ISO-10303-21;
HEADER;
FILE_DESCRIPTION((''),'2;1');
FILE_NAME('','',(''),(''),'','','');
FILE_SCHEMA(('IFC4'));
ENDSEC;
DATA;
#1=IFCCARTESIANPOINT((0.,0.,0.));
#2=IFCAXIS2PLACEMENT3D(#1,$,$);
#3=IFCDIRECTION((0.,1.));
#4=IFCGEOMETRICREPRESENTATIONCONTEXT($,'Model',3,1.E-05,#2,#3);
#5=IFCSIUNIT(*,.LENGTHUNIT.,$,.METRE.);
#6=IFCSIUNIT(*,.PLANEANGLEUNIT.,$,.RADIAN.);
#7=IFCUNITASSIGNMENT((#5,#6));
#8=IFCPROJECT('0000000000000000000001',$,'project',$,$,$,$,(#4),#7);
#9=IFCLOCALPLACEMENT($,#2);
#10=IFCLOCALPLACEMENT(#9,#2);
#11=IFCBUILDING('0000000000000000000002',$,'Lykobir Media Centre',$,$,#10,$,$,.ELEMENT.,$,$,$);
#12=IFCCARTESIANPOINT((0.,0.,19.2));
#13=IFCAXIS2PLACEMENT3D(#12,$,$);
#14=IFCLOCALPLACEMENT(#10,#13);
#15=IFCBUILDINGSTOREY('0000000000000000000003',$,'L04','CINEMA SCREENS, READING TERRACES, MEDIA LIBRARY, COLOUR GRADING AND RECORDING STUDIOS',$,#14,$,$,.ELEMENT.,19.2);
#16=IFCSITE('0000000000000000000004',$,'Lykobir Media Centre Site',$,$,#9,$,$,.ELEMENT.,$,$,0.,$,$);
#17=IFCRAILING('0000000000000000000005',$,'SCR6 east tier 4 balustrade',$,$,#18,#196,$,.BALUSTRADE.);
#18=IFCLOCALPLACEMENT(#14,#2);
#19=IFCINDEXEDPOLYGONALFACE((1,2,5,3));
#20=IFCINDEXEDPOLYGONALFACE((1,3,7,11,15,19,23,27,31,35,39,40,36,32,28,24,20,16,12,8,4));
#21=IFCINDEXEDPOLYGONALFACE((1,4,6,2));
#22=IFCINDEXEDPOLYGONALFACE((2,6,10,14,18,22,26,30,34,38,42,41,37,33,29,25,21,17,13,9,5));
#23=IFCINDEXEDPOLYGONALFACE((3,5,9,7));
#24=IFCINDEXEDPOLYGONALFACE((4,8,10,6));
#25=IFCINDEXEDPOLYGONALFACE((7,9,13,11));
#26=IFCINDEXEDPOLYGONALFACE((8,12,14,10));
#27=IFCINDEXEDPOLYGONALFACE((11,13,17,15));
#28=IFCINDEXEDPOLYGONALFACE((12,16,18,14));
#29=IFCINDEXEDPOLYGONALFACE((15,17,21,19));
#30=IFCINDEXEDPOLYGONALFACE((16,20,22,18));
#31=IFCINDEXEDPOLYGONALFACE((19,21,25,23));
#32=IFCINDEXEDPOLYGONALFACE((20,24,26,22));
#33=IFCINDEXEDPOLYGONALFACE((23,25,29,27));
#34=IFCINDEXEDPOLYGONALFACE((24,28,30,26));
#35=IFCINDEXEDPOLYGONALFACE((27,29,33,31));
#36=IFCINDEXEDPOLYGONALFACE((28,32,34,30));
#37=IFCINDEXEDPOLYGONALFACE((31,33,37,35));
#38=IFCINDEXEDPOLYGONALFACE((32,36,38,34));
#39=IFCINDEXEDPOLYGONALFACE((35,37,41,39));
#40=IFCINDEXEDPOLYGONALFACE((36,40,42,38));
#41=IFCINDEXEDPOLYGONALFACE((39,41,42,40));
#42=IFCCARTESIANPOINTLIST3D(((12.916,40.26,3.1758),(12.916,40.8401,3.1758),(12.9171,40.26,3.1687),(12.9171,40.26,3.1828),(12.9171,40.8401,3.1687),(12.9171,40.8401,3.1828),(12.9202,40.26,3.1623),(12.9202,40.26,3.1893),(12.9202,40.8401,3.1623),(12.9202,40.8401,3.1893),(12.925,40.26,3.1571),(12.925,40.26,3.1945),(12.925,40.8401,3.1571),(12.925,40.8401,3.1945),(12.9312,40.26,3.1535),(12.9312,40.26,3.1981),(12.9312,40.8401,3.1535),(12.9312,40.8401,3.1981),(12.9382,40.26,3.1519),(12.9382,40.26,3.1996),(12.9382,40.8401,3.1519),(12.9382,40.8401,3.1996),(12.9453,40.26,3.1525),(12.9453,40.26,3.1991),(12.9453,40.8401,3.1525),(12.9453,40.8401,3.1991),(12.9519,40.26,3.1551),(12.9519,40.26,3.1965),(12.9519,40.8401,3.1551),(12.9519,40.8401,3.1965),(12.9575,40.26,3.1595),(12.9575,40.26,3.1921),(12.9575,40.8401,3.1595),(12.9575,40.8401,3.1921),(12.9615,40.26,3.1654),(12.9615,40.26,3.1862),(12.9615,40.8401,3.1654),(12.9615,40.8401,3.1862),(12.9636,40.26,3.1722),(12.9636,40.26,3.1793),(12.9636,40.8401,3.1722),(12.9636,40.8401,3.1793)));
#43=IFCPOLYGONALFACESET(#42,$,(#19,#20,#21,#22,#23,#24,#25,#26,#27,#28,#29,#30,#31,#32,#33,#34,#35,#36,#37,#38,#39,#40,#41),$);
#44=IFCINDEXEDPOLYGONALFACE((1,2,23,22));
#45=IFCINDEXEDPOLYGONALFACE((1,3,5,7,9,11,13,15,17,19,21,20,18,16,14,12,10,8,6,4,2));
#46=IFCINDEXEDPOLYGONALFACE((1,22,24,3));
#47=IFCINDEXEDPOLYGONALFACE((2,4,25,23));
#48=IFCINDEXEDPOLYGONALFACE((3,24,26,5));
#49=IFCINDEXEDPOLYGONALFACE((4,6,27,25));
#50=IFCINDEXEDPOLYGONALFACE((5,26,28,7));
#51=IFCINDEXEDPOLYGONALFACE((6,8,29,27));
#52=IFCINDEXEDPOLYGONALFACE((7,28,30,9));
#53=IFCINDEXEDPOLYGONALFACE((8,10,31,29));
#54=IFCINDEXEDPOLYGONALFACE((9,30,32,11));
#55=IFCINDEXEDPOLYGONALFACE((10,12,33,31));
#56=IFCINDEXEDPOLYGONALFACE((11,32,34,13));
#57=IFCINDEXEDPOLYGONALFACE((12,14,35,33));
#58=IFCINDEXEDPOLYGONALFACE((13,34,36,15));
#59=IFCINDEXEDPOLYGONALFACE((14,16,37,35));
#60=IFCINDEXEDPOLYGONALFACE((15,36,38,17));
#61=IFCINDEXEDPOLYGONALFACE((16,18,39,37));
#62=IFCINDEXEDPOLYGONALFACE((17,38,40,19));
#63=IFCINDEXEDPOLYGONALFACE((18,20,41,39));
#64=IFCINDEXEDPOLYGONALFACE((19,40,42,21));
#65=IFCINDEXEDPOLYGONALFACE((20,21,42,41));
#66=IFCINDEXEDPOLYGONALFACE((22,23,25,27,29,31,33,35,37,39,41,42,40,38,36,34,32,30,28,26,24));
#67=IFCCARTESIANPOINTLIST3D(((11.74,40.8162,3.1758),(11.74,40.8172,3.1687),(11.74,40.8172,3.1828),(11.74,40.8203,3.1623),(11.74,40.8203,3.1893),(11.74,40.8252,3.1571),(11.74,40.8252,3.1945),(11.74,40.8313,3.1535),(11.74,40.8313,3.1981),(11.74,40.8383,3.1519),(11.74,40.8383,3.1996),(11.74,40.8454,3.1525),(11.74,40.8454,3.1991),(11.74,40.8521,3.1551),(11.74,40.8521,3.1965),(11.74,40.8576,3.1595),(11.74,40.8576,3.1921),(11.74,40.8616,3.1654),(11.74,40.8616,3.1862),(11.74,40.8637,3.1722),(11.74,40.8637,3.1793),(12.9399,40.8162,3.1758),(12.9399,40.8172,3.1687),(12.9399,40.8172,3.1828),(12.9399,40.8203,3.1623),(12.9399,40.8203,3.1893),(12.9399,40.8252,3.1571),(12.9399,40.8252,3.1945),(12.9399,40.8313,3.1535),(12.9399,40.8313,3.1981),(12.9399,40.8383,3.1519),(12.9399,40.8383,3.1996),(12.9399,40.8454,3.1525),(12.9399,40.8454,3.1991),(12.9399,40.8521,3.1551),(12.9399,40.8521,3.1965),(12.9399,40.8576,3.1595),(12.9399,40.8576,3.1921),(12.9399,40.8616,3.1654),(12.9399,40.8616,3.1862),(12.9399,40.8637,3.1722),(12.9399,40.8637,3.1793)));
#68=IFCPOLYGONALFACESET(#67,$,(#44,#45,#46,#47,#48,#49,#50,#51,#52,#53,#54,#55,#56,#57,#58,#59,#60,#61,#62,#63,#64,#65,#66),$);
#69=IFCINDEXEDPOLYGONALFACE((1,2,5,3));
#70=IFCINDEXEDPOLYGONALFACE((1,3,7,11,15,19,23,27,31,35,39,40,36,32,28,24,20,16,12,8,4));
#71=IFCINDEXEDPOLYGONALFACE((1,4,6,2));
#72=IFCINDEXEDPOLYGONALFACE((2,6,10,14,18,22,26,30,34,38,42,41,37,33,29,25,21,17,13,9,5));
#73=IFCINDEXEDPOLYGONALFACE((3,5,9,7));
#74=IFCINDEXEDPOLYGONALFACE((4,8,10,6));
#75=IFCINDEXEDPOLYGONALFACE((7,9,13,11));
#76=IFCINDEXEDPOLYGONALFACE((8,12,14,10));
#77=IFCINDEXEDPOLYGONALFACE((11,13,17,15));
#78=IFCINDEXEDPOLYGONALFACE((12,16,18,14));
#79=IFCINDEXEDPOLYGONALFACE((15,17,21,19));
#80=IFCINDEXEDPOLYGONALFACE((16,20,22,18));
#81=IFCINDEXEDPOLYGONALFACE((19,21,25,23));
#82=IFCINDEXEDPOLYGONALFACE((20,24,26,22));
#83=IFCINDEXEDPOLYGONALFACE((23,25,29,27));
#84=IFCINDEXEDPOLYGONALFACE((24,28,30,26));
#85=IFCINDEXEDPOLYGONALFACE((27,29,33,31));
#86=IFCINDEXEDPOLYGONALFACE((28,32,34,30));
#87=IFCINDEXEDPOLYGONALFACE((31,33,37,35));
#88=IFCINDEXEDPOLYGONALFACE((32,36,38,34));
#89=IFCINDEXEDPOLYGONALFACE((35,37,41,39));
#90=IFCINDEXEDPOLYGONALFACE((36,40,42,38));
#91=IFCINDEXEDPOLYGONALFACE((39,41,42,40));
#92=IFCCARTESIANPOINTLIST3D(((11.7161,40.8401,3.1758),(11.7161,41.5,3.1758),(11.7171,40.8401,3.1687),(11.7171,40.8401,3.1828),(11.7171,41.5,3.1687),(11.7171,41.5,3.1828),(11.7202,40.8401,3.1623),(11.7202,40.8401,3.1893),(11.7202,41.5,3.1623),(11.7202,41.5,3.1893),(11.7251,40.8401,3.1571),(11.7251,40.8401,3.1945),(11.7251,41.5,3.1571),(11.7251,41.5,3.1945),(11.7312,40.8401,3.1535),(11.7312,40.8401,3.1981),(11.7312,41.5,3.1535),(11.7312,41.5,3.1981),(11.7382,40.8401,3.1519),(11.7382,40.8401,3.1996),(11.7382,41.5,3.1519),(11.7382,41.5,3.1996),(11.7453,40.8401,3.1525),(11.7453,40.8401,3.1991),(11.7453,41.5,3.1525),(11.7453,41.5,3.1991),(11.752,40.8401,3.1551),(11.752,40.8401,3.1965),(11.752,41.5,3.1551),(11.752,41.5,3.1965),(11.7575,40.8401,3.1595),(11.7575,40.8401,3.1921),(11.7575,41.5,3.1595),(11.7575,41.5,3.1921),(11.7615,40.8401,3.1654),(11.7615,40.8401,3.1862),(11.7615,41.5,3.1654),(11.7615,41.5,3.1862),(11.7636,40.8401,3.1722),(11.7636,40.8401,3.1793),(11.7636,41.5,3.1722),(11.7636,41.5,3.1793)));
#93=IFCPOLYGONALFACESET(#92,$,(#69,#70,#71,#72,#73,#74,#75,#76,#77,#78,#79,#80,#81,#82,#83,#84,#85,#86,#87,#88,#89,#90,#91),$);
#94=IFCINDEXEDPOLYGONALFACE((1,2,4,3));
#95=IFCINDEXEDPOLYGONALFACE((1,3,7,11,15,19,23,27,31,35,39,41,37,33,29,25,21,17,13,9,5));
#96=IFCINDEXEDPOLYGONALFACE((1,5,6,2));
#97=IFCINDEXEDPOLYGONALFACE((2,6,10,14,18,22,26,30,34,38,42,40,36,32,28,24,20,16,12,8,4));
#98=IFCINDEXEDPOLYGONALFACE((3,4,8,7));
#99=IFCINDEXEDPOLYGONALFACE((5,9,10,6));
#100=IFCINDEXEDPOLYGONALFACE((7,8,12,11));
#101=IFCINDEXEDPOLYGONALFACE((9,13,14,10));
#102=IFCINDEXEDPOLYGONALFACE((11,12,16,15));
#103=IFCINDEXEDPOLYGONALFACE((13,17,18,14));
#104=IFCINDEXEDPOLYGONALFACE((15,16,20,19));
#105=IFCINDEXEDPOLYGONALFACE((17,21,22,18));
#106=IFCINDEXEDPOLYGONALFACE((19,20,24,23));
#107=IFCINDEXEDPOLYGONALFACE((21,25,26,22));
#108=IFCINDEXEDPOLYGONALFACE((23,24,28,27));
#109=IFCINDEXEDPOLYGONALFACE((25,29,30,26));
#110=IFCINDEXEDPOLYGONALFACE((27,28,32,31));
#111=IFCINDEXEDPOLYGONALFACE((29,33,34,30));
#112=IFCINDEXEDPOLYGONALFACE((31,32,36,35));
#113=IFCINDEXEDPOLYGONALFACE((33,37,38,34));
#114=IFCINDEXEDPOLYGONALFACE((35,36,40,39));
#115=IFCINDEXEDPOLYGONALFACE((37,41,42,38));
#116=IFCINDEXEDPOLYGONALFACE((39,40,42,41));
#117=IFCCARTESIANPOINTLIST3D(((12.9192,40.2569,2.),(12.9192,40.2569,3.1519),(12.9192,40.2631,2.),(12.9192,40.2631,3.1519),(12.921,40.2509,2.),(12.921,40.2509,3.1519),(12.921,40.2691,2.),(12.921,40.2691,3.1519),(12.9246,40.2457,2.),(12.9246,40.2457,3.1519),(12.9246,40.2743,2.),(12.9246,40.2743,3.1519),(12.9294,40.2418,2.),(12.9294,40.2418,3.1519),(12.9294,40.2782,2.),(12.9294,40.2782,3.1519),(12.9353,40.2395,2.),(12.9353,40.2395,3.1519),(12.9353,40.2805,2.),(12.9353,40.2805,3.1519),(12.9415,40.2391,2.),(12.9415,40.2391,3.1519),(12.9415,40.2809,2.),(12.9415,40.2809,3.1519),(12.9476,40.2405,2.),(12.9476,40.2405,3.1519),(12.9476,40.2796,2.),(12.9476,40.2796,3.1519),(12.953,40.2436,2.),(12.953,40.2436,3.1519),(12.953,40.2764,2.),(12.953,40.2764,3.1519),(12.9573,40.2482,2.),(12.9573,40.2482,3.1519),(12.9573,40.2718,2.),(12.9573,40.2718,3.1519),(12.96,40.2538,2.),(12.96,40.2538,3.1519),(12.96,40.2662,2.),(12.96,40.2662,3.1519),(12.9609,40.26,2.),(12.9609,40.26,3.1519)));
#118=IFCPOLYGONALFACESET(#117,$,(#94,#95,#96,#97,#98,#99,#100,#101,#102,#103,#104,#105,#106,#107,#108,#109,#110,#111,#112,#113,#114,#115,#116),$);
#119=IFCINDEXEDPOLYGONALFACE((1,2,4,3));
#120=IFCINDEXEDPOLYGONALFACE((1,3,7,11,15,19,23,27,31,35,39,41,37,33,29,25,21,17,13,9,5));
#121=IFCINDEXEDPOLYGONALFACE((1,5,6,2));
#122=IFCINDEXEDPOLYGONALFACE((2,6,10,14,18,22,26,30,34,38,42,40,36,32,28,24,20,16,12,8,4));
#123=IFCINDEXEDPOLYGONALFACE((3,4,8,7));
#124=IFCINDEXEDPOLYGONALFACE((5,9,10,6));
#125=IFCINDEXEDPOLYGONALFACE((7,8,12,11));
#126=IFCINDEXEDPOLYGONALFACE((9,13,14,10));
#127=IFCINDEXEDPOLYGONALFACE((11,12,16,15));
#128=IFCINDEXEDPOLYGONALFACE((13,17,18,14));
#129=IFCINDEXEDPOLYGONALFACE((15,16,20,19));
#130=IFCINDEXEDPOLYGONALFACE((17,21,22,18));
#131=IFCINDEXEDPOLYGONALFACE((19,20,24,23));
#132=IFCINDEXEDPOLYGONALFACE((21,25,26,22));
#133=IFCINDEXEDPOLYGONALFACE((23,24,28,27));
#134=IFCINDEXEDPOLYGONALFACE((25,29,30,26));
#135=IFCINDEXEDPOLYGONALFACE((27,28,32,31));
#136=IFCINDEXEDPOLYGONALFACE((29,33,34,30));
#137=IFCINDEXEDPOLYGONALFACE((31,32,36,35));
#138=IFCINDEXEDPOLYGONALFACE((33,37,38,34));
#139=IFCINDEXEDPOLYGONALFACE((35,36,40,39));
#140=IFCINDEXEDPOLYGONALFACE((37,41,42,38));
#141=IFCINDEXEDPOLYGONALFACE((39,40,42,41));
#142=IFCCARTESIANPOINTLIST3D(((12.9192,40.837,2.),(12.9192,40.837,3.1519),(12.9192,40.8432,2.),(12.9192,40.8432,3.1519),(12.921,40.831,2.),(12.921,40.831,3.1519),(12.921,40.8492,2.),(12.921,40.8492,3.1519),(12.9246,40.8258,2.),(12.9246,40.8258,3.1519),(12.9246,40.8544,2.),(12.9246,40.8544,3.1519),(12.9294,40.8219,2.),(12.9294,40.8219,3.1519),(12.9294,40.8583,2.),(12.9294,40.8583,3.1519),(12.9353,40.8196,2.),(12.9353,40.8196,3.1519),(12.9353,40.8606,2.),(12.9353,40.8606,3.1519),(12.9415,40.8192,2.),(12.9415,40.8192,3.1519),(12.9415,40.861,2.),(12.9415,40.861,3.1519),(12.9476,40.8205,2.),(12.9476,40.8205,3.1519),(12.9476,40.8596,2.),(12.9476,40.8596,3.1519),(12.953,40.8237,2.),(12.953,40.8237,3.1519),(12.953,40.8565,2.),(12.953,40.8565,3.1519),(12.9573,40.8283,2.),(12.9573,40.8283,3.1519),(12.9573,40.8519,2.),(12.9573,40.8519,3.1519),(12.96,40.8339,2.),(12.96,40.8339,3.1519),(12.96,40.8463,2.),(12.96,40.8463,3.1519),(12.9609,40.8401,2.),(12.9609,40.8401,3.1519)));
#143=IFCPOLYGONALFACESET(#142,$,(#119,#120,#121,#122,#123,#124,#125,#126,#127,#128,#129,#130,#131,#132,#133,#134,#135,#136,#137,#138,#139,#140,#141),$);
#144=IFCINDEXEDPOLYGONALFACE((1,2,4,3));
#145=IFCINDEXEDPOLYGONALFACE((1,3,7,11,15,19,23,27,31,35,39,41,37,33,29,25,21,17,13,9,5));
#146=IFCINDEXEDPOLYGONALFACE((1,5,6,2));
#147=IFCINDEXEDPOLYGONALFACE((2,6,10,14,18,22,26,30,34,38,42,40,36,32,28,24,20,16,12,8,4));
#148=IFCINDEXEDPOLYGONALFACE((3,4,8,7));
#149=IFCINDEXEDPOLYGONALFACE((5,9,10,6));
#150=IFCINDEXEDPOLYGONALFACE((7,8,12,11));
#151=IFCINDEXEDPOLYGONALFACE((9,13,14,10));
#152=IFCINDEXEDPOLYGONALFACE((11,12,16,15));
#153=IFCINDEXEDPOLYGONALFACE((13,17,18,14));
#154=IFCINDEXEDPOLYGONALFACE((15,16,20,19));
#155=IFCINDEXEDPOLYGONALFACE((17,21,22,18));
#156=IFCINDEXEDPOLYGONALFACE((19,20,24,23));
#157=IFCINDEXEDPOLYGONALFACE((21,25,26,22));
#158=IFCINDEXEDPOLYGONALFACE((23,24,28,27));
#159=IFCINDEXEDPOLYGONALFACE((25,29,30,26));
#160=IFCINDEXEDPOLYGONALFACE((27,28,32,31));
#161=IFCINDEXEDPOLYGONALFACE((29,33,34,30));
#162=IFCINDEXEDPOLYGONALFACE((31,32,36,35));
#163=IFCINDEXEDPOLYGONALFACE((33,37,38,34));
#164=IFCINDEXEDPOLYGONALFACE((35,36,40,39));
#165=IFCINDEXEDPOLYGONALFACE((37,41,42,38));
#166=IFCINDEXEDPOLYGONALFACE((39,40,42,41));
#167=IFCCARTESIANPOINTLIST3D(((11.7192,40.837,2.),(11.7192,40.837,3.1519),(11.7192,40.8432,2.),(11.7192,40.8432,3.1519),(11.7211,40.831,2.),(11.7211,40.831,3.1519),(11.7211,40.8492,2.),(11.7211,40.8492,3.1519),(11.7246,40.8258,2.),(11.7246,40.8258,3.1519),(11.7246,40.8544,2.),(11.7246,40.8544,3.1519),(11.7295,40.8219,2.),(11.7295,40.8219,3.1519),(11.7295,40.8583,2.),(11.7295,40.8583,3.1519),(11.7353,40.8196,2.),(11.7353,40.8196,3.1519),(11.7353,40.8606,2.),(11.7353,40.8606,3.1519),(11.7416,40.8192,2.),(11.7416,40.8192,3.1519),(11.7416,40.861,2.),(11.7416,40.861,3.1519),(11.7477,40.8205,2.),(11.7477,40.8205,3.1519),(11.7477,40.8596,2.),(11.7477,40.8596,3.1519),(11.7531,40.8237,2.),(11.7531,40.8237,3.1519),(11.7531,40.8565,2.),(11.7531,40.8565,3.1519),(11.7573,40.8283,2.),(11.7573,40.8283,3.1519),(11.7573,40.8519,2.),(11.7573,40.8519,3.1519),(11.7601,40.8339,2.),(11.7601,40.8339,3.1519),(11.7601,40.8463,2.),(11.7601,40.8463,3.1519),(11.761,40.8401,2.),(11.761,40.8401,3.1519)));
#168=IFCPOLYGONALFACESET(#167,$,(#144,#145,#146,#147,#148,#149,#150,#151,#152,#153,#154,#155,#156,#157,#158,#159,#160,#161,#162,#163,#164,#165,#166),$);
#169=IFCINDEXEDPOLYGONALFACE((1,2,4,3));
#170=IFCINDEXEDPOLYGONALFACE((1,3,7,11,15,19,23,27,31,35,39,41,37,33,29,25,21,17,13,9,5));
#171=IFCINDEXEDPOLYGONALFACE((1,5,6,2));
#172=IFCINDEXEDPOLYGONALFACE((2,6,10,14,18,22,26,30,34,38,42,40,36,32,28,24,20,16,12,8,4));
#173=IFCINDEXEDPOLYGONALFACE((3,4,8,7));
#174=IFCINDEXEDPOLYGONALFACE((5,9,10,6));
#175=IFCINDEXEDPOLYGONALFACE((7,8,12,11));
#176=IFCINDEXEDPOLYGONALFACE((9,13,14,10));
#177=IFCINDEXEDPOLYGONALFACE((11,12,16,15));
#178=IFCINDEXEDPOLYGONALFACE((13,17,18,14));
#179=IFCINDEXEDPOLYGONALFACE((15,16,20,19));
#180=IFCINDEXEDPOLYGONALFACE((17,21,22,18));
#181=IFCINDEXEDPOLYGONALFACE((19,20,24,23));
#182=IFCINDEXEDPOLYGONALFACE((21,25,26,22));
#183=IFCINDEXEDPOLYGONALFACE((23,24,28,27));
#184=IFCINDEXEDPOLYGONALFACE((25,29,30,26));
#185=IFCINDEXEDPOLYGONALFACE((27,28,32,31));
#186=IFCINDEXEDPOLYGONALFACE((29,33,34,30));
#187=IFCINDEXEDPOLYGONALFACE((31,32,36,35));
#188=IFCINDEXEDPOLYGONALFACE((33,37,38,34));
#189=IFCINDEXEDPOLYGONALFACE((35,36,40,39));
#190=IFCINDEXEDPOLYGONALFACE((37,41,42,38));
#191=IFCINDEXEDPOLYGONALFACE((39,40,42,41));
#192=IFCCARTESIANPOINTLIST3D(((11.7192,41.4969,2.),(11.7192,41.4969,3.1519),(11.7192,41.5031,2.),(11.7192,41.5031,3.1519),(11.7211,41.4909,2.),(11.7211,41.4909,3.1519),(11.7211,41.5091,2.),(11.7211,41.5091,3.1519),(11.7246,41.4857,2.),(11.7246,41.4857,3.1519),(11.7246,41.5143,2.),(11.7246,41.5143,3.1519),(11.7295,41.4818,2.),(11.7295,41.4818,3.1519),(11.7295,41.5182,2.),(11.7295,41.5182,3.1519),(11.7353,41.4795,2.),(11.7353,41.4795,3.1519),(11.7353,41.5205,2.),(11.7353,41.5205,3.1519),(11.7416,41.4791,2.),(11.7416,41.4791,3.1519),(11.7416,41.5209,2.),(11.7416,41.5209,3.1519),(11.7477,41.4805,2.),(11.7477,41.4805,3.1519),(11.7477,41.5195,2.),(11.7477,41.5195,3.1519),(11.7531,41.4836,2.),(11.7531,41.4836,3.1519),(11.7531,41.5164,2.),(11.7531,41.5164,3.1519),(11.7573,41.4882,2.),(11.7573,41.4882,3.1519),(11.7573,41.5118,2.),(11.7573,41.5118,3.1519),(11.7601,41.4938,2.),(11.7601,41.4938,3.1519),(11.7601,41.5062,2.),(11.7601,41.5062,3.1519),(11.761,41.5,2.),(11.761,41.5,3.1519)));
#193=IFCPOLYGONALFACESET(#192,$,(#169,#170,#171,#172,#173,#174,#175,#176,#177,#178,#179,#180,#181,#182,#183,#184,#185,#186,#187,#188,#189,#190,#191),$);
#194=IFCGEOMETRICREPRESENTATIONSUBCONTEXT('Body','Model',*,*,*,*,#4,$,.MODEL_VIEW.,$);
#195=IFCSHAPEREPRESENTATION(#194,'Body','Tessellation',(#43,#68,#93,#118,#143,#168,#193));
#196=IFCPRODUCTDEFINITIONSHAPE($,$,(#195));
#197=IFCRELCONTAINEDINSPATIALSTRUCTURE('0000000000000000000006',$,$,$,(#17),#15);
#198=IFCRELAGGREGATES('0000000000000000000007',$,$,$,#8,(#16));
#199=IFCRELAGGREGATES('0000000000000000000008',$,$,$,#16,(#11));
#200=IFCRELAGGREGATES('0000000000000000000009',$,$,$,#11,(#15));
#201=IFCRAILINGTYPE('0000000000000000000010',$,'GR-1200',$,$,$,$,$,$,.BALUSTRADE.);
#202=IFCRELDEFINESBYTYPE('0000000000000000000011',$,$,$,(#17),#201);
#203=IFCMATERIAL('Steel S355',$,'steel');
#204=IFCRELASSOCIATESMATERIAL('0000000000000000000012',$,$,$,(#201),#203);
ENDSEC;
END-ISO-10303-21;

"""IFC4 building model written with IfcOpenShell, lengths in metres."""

from ifc_helpers import new_model, si_unit, direction, frame, origin, origin_2d, place, context, subcontext, project, spatial, circle, extrude, material, type_object, element, save


model = new_model("IFC4")

# Units and contexts
model_context = context("Model", 3, precision=1e-05, world=origin(), true_north=direction((0.0, 1.0)))
body_context = subcontext(model_context, "Body", "Model", "MODEL_VIEW")
ifc_project = project(units=[si_unit("LENGTHUNIT", "METRE"), si_unit("PLANEANGLEUNIT", "RADIAN")], contexts=[model_context])

# Site, building, storey
site_placement = place(None, origin())
site = spatial("IfcSite", under=ifc_project, at=site_placement, Name="Lykobir Media Centre Site", CompositionType="ELEMENT", RefElevation=0.0)
building_placement = place(site_placement, origin())
building = spatial("IfcBuilding", under=site, at=building_placement, Name="Lykobir Media Centre", CompositionType="ELEMENT")
storey_placement = place(building_placement, frame((0.0, 0.0, 19.2)))
storey = spatial("IfcBuildingStorey", under=building, at=storey_placement, Name="L04", Description="CINEMA SCREENS, READING TERRACES, MEDIA LIBRARY, COLOUR GRADING AND RECORDING STUDIOS", CompositionType="ELEMENT", Elevation=19.2)

# Shared definitions
ifc_material_1 = material(Name="Steel S355", Category="steel")

# Railing
railing_type = type_object("IfcRailingType", Name="GR-1200", PredefinedType="BALUSTRADE", material=ifc_material_1)
railing_1_placement = place(storey_placement, frame((12.9399, 40.26, 2.0)))
element("IfcRailing", 1, at=railing_1_placement, inside=storey, type_object=railing_type, Name="SCR6 east tier 4 balustrade", PredefinedType="BALUSTRADE", context=body_context, shape_type="SweptSolid", body=[
    extrude(circle(Radius=0.0239, at=origin_2d()), frame((0.0, 0.0, 1.1758), z_axis=(0.0, 1.0, 0.0), x_axis=(-1.0, 0.0, 0.0)), (0.0, 0.0, 1.0), 0.5801),
    extrude(circle(Radius=0.0239, at=origin_2d()), frame((0.0, 0.5801, 1.1758), z_axis=(-1.0, 0.0, 0.0), x_axis=(0.0, -1.0, 0.0)), (0.0, 0.0, 1.0), 1.2),
    extrude(circle(Radius=0.0239, at=origin_2d()), frame((-1.2, 0.5801, 1.1758), z_axis=(0.0, 1.0, 0.0), x_axis=(-1.0, 0.0, 0.0)), (0.0, 0.0, 1.0), 0.6599),
    extrude(circle(Radius=0.021, at=origin_2d()), origin(), (0.0, 0.0, 1.0), 1.1519),
    extrude(circle(Radius=0.021, at=origin_2d()), frame((0.0, 0.5801, 0.0)), (0.0, 0.0, 1.0), 1.1519),
    extrude(circle(Radius=0.021, at=origin_2d()), frame((-1.2, 0.5801, 0.0)), (0.0, 0.0, 1.0), 1.1519),
    extrude(circle(Radius=0.021, at=origin_2d()), frame((-1.2, 1.24, 0.0)), (0.0, 0.0, 1.0), 1.1519),
])

save(model, "model.ifc")
